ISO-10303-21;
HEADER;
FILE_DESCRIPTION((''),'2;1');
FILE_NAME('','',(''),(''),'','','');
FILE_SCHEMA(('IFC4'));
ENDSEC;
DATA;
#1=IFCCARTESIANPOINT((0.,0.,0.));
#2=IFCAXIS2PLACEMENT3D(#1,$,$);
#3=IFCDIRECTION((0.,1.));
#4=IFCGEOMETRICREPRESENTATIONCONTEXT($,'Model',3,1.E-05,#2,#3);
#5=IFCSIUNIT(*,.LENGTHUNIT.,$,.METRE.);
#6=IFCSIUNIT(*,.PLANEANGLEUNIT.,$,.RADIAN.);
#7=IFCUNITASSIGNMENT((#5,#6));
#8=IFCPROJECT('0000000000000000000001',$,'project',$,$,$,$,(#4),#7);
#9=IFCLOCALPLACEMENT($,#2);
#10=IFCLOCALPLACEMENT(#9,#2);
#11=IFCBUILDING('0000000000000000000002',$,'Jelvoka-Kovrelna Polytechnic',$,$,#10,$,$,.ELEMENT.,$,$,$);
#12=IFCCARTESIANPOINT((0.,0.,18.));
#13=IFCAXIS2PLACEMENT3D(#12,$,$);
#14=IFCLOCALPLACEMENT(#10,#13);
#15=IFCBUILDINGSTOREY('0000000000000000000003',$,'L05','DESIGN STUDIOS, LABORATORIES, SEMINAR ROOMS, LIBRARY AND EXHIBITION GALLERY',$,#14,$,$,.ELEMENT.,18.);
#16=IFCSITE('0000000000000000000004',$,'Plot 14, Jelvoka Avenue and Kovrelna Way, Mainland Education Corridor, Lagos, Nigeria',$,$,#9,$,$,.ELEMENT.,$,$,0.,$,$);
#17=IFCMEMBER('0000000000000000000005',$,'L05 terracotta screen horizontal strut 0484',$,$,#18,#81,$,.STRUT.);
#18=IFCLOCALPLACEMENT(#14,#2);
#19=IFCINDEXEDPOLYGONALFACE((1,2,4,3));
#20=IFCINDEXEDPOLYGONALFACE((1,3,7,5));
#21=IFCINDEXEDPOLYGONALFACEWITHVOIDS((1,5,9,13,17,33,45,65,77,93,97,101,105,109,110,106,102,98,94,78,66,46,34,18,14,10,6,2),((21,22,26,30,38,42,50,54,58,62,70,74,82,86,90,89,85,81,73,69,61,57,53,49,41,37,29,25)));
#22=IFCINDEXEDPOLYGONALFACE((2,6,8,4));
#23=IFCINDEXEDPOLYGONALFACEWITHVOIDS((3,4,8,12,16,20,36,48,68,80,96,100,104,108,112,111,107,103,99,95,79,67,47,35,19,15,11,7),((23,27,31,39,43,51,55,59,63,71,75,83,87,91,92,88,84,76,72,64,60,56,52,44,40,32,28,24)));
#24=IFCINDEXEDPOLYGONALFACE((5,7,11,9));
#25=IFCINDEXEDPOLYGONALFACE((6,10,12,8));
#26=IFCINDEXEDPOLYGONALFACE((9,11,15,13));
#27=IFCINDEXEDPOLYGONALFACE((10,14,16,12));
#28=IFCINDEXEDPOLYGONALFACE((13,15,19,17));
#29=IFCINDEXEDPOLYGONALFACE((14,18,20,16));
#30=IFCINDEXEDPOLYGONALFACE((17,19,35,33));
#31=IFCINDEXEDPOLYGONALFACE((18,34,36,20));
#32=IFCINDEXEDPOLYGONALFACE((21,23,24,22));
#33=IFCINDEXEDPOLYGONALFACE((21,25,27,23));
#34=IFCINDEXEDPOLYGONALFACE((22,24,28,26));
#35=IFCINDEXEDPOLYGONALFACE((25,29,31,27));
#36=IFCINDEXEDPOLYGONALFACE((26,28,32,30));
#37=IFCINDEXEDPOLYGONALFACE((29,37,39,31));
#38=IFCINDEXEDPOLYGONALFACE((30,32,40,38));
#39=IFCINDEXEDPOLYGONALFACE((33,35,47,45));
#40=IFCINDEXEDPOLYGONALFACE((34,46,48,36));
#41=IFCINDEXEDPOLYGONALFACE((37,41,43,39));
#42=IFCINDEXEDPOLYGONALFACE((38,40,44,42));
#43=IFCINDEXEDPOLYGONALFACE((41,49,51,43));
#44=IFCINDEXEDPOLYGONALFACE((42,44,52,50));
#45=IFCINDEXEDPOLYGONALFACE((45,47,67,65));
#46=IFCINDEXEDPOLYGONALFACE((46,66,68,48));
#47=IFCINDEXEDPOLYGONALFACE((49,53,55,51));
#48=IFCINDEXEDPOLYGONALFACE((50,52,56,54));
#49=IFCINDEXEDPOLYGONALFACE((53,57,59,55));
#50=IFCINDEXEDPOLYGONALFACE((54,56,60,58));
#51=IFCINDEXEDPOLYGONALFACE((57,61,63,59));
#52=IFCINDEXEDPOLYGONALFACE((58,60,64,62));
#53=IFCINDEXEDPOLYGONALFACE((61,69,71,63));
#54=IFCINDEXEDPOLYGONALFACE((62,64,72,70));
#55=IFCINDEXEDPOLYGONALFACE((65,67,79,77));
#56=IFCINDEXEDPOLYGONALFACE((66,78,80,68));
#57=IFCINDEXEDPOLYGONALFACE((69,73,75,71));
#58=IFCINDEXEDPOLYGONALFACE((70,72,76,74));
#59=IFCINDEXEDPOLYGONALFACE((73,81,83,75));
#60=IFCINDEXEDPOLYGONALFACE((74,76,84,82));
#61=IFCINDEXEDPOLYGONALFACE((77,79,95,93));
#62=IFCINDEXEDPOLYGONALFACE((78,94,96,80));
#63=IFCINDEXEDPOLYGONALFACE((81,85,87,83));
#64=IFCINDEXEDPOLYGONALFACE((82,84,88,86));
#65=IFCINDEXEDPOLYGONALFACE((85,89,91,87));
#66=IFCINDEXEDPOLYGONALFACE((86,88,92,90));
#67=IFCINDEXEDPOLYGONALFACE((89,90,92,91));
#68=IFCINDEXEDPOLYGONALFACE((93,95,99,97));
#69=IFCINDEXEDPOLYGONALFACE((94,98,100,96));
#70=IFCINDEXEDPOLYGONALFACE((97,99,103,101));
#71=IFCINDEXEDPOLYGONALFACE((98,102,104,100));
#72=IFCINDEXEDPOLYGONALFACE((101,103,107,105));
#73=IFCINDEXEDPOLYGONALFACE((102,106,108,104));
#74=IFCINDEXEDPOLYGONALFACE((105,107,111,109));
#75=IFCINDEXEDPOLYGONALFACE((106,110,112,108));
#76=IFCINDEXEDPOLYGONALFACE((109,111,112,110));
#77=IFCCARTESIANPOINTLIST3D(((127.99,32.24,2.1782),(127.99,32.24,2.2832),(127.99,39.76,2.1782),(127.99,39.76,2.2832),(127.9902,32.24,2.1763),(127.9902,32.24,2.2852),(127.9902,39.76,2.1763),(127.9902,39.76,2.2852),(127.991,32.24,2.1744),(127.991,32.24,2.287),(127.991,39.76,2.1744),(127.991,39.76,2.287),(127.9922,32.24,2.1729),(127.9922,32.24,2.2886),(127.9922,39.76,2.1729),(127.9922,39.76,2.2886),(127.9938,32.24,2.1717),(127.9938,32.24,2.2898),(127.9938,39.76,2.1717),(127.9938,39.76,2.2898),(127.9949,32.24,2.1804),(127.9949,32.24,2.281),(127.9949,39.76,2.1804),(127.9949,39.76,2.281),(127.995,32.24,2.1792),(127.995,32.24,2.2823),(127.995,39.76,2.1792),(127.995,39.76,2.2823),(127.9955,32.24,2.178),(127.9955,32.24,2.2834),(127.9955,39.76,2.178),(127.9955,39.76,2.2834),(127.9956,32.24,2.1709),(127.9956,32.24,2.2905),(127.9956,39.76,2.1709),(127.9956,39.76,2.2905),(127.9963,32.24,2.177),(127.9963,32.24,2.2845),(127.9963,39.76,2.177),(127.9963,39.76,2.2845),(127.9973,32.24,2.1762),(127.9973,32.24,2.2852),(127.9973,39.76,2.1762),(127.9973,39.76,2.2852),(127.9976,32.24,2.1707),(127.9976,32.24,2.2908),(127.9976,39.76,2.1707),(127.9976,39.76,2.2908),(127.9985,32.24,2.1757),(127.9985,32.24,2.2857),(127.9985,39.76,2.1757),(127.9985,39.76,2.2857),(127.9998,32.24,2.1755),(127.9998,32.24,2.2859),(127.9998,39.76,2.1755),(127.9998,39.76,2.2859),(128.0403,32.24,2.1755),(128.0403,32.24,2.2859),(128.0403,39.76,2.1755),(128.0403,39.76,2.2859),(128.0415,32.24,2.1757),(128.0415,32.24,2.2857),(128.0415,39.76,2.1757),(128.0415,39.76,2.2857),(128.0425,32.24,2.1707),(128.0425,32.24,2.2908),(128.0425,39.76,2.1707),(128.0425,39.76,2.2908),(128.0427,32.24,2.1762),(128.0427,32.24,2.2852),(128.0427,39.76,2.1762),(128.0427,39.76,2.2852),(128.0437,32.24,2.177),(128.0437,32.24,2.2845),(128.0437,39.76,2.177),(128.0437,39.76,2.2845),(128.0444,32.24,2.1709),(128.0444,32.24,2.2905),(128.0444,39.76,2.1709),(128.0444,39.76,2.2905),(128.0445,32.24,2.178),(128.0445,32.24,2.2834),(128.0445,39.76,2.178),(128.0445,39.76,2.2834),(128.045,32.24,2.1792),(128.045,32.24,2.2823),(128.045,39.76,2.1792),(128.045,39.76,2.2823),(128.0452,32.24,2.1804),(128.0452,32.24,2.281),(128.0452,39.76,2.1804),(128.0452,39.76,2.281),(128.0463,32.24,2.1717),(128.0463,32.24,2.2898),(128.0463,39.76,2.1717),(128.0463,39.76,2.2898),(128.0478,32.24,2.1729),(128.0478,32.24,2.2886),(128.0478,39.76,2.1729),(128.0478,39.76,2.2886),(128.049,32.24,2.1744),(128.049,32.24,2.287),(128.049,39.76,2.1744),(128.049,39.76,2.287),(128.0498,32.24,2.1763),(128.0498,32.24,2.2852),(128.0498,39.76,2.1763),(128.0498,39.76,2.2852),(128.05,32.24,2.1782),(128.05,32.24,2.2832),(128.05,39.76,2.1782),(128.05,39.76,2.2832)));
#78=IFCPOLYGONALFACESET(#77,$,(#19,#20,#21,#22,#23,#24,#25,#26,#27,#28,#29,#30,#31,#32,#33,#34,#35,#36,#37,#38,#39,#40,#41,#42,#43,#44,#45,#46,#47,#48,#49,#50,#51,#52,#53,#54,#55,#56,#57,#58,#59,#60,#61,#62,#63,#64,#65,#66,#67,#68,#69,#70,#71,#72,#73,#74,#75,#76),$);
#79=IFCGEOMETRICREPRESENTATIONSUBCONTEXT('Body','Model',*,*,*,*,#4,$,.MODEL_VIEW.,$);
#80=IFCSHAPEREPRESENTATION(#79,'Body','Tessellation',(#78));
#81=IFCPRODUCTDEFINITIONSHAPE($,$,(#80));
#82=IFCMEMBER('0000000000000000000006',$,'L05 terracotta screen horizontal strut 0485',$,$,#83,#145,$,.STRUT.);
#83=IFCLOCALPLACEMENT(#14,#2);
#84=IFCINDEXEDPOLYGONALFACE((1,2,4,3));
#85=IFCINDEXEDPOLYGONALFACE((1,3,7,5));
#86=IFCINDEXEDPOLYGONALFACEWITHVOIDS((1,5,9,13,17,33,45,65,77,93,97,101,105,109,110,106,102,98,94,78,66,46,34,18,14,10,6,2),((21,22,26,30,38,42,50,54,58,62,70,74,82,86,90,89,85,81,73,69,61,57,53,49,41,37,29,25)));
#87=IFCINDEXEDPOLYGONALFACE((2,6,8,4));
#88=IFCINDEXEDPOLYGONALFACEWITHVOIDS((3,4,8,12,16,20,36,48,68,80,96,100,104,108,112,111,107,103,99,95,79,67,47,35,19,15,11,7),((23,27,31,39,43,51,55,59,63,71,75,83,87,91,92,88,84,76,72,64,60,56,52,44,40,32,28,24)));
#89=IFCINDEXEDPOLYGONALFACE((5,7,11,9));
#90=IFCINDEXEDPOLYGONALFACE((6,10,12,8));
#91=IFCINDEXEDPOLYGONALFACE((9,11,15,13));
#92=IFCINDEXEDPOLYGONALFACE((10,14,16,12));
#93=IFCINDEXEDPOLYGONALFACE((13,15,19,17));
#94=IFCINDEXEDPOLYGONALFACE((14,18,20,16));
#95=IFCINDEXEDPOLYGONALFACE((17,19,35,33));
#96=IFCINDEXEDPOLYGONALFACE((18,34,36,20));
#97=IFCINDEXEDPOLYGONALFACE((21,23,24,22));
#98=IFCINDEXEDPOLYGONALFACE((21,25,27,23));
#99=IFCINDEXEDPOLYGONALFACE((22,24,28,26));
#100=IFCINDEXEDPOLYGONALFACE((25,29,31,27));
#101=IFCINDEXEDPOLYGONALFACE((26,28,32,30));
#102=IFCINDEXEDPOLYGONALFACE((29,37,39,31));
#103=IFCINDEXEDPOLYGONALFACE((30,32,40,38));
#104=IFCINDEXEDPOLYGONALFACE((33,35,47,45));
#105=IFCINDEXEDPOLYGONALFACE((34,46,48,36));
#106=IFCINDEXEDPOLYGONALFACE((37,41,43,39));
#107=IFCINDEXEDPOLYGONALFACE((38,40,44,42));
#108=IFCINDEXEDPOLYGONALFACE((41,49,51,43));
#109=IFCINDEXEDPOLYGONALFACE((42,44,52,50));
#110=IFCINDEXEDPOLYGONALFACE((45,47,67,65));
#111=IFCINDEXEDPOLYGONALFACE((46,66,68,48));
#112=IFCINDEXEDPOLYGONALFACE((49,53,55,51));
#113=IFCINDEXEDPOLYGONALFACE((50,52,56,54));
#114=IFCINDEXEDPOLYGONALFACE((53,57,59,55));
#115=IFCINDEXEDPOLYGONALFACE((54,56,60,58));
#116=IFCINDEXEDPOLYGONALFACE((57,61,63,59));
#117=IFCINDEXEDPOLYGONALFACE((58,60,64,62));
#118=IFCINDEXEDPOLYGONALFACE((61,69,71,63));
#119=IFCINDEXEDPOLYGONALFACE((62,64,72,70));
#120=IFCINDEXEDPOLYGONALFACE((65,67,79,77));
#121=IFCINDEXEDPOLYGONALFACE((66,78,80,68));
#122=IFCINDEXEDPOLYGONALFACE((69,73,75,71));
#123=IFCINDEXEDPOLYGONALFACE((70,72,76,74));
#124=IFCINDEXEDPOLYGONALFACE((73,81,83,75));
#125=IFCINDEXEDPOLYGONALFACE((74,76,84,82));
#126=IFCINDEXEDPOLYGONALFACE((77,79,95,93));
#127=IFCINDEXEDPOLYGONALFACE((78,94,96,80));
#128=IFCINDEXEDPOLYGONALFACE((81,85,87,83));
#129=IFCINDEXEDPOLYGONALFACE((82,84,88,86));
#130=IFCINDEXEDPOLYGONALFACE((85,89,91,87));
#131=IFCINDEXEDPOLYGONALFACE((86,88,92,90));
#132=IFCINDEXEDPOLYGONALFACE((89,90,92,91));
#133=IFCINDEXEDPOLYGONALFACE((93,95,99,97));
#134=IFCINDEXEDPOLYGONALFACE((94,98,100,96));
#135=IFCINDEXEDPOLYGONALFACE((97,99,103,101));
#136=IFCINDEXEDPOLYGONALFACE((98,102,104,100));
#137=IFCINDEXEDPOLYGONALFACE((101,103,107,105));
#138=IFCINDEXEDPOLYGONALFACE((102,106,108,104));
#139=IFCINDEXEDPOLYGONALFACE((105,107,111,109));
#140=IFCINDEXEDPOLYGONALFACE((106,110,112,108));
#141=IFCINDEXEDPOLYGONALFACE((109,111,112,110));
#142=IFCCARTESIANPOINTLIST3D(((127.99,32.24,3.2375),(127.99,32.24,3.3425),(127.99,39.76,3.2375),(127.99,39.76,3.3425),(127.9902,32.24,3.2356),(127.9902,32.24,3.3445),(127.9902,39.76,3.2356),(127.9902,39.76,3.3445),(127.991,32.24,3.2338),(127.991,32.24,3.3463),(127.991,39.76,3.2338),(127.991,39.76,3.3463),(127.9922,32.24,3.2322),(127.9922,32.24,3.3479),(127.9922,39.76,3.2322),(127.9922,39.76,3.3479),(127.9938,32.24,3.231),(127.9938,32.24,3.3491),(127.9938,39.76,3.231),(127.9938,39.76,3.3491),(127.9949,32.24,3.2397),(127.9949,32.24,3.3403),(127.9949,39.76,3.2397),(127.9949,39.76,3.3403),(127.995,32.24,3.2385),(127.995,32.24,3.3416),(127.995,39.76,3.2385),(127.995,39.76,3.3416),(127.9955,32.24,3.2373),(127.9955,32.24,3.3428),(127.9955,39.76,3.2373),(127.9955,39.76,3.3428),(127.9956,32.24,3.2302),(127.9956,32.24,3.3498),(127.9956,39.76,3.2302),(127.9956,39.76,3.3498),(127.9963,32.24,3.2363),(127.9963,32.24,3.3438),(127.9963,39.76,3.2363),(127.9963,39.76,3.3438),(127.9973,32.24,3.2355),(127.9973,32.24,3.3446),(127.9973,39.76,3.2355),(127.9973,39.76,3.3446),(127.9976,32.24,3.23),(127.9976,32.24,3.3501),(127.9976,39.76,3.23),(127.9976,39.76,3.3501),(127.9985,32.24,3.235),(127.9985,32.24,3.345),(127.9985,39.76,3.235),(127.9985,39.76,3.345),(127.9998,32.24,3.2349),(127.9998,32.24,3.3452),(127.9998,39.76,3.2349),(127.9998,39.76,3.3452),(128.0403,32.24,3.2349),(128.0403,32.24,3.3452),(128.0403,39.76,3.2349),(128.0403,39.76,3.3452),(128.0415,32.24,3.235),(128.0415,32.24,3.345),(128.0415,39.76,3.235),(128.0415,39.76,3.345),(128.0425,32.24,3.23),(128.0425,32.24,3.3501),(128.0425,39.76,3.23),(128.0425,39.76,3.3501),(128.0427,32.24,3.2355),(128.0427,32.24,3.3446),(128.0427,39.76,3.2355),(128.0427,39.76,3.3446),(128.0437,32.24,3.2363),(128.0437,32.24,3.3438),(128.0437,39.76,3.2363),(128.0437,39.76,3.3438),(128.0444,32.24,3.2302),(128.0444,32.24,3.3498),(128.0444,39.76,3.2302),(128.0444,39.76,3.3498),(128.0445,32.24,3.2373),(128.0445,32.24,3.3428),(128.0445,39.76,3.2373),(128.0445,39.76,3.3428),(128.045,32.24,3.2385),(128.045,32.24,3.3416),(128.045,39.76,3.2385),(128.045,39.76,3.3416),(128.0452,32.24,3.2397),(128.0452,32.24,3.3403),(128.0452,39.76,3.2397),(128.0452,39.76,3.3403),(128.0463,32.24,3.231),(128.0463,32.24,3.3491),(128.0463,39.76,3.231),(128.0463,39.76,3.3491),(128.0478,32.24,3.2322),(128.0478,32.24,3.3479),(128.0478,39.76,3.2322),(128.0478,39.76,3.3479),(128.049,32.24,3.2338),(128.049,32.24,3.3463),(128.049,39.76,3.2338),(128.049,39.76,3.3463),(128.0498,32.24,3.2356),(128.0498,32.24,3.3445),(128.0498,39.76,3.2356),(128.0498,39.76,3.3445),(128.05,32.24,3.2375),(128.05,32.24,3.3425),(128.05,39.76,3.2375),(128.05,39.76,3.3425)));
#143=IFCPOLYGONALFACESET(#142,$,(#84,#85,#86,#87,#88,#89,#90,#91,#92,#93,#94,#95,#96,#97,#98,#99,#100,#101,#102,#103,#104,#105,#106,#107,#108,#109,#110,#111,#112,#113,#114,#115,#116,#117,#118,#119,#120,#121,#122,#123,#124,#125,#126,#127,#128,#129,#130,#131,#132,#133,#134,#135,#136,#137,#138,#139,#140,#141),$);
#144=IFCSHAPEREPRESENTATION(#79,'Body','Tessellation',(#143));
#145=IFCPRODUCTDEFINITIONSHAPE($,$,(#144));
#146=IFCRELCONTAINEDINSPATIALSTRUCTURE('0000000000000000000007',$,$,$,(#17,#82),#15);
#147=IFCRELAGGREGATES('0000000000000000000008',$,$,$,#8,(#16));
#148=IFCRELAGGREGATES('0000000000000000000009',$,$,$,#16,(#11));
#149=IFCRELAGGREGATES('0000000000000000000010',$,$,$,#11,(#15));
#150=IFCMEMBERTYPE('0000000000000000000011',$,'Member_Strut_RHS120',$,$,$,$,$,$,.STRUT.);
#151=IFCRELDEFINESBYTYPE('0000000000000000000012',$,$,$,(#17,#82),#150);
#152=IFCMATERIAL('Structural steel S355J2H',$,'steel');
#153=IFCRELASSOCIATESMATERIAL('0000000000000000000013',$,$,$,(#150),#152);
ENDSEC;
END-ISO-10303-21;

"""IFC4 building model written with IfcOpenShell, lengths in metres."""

from ifc_helpers import new_model, si_unit, direction, frame, origin, origin_2d, place, context, subcontext, project, spatial, hollow_rectangle, extrude, material, material_profile, profile_set, type_object, element, save


model = new_model("IFC4")

# Units and contexts
model_context = context("Model", 3, precision=1e-05, world=origin(), true_north=direction((0.0, 1.0)))
body_context = subcontext(model_context, "Body", "Model", "MODEL_VIEW")
ifc_project = project(units=[si_unit("LENGTHUNIT", "METRE"), si_unit("PLANEANGLEUNIT", "RADIAN")], contexts=[model_context])

# Site, building, storey
site_placement = place(None, origin())
site = spatial("IfcSite", under=ifc_project, at=site_placement, Name="Plot 14, Jelvoka Avenue and Kovrelna Way, Mainland Education Corridor, Lagos, Nigeria", CompositionType="ELEMENT", RefElevation=0.0)
building_placement = place(site_placement, origin())
building = spatial("IfcBuilding", under=site, at=building_placement, Name="Jelvoka-Kovrelna Polytechnic", CompositionType="ELEMENT")
storey_placement = place(building_placement, frame((0.0, 0.0, 18.0)))
storey = spatial("IfcBuildingStorey", under=building, at=storey_placement, Name="L05", Description="DESIGN STUDIOS, LABORATORIES, SEMINAR ROOMS, LIBRARY AND EXHIBITION GALLERY", CompositionType="ELEMENT", Elevation=18.0)

# Members
ifc_material_1 = material(Name="Structural steel S355J2H", Category="steel")
ifc_material_profile_1 = material_profile(ifc_material_1, hollow_rectangle(XDim=0.0601, YDim=0.1201, WallThickness=0.0049, InnerFilletRadius=0.0049, OuterFilletRadius=0.0076, at=origin_2d()), Name="120x60x5.0 RHS")
ifc_profile_set_1 = profile_set([ifc_material_profile_1], Name="Structural steel S355J2H")
member_type_1 = type_object("IfcMemberType", Name="Member_Strut_RHS120", PredefinedType="STRUT", material=ifc_profile_set_1)
for number, where, z_axis, x_axis, name in (
    (1, (128.02, 32.24, 2.2307), (0.0, 1.0, 0.0), (-1.0, 0.0, 0.0), "L05 terracotta screen horizontal strut 0484"),
    (2, (128.02, 32.24, 3.29), (0.0, 1.0, 0.0), (-1.0, 0.0, 0.0), "L05 terracotta screen horizontal strut 0485"),
):
    element("IfcMember", number, at=place(storey_placement, frame(where, z_axis=z_axis, x_axis=x_axis)), inside=storey, type_object=member_type_1, Name=name, PredefinedType="STRUT", context=body_context, shape_type="SweptSolid", body=[
        extrude(hollow_rectangle(XDim=0.0601, YDim=0.1201, WallThickness=0.0049, InnerFilletRadius=0.0049, OuterFilletRadius=0.0076, at=origin_2d()), origin(), (0.0, 0.0, 1.0), 7.52),
    ])

save(model, "model.ifc")
